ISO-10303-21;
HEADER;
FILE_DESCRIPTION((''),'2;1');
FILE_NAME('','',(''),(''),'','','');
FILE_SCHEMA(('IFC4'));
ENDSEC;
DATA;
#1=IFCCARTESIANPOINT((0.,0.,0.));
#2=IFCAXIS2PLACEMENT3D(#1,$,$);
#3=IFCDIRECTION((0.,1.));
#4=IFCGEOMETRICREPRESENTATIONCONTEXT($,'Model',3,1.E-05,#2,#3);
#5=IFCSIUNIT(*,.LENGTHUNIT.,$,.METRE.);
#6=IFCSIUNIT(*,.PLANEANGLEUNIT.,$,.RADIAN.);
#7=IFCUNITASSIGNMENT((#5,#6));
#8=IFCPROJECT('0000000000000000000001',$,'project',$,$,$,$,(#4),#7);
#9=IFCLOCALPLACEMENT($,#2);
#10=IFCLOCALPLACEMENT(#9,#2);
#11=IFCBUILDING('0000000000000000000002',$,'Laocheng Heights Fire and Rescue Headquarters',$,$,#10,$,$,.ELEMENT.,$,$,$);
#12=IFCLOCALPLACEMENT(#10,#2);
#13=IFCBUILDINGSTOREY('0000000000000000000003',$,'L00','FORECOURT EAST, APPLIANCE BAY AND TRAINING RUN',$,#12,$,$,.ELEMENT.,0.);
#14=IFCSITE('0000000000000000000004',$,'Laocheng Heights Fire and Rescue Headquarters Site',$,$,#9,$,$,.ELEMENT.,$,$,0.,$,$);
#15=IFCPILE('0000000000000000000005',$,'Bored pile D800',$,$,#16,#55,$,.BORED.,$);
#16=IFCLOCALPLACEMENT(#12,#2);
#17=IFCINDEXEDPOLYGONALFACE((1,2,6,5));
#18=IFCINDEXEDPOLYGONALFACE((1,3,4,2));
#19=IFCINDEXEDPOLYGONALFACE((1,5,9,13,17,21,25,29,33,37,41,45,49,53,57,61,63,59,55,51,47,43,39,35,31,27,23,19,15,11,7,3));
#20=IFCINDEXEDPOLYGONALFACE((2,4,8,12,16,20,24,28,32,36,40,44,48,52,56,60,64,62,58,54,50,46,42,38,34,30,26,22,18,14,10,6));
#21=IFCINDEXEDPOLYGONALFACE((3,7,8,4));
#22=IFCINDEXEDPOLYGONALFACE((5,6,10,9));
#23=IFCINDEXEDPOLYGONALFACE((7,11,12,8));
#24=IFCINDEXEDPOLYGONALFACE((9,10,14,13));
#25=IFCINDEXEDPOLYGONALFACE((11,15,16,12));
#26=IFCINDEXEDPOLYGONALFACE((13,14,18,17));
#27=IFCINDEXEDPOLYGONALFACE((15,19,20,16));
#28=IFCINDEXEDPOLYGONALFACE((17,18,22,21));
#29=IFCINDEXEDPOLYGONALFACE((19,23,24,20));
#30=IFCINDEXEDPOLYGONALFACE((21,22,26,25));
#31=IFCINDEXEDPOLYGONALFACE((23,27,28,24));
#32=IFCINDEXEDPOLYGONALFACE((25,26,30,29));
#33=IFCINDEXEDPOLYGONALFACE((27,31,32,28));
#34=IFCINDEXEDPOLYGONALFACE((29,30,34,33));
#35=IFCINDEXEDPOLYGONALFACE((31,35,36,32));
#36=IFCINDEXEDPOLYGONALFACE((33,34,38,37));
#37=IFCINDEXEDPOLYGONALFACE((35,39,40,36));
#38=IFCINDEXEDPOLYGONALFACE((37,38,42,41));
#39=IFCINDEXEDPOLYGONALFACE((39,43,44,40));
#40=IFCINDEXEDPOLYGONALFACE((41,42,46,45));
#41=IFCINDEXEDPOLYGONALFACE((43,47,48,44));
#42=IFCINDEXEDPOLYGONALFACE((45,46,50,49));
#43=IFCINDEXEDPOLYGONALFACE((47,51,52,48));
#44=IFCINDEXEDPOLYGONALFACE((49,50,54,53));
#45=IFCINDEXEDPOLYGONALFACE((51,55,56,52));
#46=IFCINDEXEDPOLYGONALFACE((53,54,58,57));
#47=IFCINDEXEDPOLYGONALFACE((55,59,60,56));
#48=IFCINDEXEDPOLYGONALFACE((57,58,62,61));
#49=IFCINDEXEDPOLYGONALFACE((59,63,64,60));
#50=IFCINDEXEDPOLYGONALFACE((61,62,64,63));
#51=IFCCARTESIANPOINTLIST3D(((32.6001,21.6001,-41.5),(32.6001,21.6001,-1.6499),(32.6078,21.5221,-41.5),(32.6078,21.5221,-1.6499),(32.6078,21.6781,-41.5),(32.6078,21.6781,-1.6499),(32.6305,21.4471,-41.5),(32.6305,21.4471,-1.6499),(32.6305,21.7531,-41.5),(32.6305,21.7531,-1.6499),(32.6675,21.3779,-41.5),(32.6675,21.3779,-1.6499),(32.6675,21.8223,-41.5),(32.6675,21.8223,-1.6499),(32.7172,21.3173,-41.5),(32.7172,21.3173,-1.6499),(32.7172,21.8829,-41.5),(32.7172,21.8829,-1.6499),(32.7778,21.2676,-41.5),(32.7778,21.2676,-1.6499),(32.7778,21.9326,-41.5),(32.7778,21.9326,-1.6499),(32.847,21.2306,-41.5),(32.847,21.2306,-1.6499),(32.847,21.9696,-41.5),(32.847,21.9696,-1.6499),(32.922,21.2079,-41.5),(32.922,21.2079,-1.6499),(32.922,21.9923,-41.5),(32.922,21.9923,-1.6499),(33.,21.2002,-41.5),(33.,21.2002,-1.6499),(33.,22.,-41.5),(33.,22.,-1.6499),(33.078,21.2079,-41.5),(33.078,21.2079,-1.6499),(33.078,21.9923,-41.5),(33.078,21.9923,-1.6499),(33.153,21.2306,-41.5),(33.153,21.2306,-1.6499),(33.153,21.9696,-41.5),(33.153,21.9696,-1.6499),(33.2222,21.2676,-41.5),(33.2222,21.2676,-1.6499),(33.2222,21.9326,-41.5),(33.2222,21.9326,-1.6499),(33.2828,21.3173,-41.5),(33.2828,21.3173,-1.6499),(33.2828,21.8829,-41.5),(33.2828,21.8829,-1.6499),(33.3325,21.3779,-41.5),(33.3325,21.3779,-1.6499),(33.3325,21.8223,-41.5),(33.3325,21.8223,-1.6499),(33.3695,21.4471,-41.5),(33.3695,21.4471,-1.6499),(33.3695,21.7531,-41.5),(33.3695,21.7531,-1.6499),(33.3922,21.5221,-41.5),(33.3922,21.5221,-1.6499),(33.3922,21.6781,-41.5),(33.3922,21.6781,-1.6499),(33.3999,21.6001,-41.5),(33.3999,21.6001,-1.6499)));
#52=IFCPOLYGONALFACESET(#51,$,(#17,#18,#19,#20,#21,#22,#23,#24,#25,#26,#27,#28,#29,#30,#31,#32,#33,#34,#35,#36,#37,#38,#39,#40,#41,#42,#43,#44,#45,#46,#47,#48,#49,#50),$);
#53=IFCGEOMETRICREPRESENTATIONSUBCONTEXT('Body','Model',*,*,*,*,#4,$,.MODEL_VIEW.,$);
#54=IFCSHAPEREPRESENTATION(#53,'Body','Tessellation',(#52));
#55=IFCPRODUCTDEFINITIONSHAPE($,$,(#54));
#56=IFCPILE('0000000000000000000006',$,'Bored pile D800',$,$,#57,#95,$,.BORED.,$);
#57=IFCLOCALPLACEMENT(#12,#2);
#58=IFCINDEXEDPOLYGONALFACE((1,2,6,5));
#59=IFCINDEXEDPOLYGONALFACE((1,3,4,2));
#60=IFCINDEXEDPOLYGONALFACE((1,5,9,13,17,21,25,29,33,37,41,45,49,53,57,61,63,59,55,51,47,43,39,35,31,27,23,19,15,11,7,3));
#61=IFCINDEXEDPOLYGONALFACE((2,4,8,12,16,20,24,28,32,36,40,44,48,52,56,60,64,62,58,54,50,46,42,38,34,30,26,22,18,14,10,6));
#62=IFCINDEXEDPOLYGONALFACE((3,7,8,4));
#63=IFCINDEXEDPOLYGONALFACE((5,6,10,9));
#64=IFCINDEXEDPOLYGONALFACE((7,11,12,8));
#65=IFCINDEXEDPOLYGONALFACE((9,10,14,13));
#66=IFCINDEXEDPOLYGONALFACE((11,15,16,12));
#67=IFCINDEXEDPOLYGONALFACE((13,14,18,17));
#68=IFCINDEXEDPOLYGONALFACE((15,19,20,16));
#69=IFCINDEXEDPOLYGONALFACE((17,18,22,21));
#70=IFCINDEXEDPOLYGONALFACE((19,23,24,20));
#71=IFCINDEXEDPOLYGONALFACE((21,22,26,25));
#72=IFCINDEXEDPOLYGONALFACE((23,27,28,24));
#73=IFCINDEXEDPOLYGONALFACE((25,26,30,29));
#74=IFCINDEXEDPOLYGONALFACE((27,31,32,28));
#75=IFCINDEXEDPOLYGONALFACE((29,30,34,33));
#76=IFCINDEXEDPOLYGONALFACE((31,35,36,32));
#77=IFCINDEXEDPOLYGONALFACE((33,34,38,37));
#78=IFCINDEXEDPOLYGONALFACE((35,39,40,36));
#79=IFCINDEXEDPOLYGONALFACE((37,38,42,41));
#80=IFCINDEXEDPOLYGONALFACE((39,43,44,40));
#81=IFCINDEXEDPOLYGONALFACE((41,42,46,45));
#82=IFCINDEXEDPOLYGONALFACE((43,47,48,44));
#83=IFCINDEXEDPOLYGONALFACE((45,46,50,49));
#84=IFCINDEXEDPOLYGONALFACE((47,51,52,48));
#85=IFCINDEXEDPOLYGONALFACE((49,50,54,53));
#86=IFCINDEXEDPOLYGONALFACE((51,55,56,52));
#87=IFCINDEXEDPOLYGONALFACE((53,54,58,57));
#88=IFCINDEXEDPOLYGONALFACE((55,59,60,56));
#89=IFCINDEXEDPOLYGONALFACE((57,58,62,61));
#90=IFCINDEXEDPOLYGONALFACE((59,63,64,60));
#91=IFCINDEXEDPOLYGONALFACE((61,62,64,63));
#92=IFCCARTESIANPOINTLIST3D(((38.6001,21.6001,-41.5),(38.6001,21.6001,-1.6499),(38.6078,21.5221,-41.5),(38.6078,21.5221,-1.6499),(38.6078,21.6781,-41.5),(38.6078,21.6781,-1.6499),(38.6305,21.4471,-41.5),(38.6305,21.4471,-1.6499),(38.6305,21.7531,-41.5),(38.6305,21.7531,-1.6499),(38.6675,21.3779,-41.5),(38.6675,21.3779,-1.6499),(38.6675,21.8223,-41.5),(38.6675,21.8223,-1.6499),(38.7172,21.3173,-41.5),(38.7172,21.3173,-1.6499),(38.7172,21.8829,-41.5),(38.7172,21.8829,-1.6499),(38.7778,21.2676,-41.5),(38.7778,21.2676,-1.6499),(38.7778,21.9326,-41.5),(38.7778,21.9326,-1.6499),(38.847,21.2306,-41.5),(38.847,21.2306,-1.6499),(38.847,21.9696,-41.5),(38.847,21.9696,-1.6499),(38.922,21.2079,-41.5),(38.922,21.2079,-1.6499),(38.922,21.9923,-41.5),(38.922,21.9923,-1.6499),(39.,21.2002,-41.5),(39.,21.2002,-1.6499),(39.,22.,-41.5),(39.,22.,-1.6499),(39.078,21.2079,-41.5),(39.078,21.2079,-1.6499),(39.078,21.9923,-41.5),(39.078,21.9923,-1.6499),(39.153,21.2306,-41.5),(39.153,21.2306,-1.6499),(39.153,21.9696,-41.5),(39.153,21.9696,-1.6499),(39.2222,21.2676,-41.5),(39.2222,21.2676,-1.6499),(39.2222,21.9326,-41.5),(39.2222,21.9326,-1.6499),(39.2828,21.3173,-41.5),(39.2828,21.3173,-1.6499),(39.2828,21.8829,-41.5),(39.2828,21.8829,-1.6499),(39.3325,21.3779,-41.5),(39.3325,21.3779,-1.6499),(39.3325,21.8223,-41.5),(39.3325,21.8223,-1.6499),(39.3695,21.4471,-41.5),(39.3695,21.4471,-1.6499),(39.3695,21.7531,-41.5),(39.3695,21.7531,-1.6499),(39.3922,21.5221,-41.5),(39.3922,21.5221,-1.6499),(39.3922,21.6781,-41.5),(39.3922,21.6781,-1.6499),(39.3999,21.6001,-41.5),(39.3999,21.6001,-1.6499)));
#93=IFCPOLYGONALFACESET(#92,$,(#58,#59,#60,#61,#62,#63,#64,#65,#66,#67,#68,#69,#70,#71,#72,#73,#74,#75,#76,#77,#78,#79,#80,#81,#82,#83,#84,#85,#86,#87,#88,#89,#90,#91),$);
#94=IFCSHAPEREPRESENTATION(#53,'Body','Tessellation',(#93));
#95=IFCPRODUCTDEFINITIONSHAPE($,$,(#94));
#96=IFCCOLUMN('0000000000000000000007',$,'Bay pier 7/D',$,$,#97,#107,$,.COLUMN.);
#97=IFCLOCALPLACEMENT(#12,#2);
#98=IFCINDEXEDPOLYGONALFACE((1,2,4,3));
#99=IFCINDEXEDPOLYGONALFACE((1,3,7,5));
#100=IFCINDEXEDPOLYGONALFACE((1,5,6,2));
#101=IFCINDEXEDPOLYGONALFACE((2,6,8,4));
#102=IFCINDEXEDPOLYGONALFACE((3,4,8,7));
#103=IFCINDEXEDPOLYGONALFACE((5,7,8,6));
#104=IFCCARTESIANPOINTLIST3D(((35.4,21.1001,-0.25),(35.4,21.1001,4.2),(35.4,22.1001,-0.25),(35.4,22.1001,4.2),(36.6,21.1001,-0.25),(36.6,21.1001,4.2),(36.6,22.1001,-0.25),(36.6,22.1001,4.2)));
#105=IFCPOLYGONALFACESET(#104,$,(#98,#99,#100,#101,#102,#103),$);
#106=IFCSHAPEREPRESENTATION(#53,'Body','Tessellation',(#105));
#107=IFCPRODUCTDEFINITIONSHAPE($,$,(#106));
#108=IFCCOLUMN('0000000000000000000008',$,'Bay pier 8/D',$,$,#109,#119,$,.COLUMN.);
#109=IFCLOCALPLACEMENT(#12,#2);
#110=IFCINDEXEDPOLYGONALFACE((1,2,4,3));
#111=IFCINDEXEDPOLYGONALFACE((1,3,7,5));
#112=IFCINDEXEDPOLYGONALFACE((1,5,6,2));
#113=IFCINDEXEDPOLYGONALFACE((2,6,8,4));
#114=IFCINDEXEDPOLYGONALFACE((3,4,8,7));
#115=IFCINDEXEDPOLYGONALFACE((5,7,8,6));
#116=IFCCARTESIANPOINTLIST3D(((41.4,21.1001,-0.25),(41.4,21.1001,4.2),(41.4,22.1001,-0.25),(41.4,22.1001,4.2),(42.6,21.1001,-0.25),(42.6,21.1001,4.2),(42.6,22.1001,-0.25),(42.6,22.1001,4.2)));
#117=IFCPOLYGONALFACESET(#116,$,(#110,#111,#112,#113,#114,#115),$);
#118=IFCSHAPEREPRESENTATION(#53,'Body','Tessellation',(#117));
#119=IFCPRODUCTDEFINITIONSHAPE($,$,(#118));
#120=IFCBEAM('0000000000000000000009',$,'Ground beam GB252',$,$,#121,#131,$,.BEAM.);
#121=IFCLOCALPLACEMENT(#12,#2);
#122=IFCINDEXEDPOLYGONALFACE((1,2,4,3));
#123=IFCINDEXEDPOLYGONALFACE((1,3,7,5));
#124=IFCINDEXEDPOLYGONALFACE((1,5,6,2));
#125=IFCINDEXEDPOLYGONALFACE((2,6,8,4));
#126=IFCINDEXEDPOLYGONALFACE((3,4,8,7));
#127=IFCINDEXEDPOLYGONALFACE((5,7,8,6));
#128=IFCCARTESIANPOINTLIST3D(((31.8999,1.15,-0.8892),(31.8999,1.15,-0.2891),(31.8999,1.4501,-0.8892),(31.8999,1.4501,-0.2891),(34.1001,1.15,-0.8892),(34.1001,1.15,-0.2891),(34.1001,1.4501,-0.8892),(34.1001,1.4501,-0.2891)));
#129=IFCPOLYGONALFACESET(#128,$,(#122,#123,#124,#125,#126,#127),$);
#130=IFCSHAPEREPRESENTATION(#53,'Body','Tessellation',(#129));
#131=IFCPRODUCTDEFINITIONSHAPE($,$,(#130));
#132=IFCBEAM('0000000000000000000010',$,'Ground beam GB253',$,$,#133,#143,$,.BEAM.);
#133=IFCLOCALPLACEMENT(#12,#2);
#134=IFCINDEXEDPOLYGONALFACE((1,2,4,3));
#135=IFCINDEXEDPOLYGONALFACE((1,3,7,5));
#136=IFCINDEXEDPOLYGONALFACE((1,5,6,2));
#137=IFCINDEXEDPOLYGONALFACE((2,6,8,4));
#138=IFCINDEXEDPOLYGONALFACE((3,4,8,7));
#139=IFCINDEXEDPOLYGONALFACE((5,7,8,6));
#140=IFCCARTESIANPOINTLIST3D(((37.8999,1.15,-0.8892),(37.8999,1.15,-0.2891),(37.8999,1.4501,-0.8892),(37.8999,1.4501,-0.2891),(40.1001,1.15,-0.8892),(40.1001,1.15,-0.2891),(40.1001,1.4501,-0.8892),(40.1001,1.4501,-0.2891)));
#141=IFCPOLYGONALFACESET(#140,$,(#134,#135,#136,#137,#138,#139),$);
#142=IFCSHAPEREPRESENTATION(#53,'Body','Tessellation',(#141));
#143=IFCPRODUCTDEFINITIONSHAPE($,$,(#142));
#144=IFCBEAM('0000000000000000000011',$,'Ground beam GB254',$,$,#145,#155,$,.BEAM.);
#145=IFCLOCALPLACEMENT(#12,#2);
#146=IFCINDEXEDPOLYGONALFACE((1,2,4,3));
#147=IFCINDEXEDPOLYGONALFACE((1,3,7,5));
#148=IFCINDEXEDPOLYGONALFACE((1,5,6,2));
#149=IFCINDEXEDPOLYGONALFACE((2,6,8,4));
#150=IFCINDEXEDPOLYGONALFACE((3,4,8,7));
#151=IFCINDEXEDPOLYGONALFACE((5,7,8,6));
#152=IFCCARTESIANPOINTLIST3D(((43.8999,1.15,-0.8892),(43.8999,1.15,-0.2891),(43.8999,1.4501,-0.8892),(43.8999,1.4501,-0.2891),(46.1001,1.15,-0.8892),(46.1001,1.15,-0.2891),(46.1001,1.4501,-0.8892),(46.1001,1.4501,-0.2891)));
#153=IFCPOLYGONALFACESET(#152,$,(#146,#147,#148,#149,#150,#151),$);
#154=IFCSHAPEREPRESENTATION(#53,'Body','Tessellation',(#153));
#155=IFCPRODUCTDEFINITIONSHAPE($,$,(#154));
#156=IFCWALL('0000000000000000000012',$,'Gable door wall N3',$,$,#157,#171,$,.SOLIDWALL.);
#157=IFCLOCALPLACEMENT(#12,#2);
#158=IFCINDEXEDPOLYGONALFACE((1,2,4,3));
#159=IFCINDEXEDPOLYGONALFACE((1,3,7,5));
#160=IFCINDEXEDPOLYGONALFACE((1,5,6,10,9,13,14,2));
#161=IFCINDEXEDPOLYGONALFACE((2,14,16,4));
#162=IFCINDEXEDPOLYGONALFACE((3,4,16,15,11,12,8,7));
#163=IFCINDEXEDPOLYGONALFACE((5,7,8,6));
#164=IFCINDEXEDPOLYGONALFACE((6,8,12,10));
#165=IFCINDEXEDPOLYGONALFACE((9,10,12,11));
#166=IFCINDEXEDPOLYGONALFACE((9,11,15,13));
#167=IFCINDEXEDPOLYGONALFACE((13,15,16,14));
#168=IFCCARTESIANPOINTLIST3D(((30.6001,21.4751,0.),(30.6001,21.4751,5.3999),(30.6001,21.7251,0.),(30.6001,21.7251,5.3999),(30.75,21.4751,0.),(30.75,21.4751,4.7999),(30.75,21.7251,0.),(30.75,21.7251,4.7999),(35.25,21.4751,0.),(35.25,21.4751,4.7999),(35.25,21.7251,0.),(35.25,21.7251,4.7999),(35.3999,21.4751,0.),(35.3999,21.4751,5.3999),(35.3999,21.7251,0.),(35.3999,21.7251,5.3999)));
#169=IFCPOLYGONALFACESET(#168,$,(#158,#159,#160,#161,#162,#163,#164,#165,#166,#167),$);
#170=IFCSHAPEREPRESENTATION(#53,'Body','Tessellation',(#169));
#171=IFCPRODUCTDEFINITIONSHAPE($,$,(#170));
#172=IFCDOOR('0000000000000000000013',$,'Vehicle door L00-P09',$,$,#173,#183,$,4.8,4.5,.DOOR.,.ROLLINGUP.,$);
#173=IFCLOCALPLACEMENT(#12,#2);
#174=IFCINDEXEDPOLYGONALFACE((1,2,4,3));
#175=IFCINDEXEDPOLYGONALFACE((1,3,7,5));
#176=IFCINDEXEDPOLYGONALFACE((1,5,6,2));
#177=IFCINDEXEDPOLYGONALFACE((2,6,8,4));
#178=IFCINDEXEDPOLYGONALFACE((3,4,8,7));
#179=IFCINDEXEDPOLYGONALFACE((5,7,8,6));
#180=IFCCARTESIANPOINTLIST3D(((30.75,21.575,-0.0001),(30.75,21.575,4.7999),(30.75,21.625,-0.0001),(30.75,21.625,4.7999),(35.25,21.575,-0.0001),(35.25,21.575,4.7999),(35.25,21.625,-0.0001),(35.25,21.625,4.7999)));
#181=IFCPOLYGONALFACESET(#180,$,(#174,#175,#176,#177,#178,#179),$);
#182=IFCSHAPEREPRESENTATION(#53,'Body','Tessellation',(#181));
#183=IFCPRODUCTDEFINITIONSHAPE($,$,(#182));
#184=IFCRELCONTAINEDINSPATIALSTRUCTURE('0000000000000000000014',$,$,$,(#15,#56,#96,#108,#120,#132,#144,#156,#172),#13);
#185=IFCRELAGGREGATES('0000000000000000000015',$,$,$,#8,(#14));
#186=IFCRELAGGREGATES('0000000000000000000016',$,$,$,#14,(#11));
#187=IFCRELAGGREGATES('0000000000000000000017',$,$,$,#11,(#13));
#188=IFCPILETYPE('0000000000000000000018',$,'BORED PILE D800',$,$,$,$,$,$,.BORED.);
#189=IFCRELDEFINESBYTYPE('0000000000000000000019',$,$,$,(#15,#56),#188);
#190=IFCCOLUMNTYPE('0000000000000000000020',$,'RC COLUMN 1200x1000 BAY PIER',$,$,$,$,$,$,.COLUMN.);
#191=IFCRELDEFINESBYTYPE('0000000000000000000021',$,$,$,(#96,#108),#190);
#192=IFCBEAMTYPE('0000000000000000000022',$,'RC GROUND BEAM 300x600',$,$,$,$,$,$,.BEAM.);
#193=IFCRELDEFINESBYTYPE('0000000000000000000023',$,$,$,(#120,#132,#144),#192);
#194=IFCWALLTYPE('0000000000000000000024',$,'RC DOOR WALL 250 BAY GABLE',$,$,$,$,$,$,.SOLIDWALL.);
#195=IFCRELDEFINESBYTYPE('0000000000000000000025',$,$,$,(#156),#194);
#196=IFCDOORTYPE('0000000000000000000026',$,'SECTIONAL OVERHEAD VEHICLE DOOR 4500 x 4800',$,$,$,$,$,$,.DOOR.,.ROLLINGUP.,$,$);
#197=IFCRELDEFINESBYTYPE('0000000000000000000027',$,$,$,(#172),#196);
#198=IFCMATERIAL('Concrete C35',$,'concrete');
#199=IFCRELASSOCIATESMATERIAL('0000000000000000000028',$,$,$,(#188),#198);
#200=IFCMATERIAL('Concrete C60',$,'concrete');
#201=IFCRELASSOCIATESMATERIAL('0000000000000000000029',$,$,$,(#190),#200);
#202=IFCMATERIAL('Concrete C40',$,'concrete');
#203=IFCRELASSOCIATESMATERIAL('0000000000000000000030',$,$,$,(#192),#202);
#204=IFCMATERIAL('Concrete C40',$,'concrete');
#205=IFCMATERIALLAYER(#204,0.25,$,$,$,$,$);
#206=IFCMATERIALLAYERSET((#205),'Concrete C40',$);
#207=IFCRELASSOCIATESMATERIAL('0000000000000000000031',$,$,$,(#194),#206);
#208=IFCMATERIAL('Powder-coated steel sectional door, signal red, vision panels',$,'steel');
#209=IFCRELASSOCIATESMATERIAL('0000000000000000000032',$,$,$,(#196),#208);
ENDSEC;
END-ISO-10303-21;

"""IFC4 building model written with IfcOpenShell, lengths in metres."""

from ifc_helpers import new_model, si_unit, direction, frame, frame_2d, origin, origin_2d, place, context, subcontext, project, spatial, rectangle, circle, extrude, material, layer, layer_set, material_profile, profile_set, type_object, element, fill, save


model = new_model("IFC4")

# Units and contexts
model_context = context("Model", 3, precision=1e-05, world=origin(), true_north=direction((0.0, 1.0)))
body_context = subcontext(model_context, "Body", "Model", "MODEL_VIEW")
ifc_project = project(units=[si_unit("LENGTHUNIT", "METRE"), si_unit("PLANEANGLEUNIT", "RADIAN")], contexts=[model_context])

# Site, building, storey
site_placement = place(None, origin())
site = spatial("IfcSite", under=ifc_project, at=site_placement, Name="Laocheng Heights Fire and Rescue Headquarters Site", CompositionType="ELEMENT", RefElevation=0.0)
building_placement = place(site_placement, origin())
building = spatial("IfcBuilding", under=site, at=building_placement, Name="Laocheng Heights Fire and Rescue Headquarters", CompositionType="ELEMENT")
storey_placement = place(building_placement, origin())
storey = spatial("IfcBuildingStorey", under=building, at=storey_placement, Name="L00", Description="FORECOURT EAST, APPLIANCE BAY AND TRAINING RUN", CompositionType="ELEMENT", Elevation=0.0)

# Piles
ifc_material_1 = material(Name="Concrete C35", Category="concrete")
ifc_material_profile_1 = material_profile(ifc_material_1, circle(Radius=0.3999, at=origin_2d()), Name="BORED PILE D800")
ifc_profile_set_1 = profile_set([ifc_material_profile_1], Name="Concrete C35")
pile_type = type_object("IfcPileType", Name="BORED PILE D800", PredefinedType="BORED", material=ifc_profile_set_1)
for number, where, z_axis, x_axis, name in (
    (1, (33.0, 21.6001, -1.6499), (0.0, 0.0, -1.0), (1.0, 0.0, 0.0), "Bored pile D800"),
    (2, (39.0, 21.6001, -1.6499), (0.0, 0.0, -1.0), (1.0, 0.0, 0.0), "Bored pile D800"),
):
    element("IfcPile", number, at=place(storey_placement, frame(where, z_axis=z_axis, x_axis=x_axis)), inside=storey, type_object=pile_type, Name=name, PredefinedType="BORED", context=body_context, shape_type="SweptSolid", body=[
        extrude(circle(Radius=0.3999, at=origin_2d()), origin(), (0.0, 0.0, 1.0), 39.8501),
    ])

# Columns
ifc_material_2 = material(Name="Concrete C60", Category="concrete")
ifc_material_profile_2 = material_profile(ifc_material_2, rectangle(XDim=1.2, YDim=1.0, at=origin_2d()), Name="RC COLUMN 1200x1000 BAY PIER")
ifc_profile_set_2 = profile_set([ifc_material_profile_2], Name="Concrete C60")
column_type = type_object("IfcColumnType", Name="RC COLUMN 1200x1000 BAY PIER", PredefinedType="COLUMN", material=ifc_profile_set_2)
for number, where, z_axis, x_axis, name in (
    (3, (36.0, 21.6001, -0.25), (0.0, 0.0, 1.0), (1.0, 0.0, 0.0), "Bay pier 7/D"),
    (4, (42.0, 21.6001, -0.25), (0.0, 0.0, 1.0), (1.0, 0.0, 0.0), "Bay pier 8/D"),
):
    element("IfcColumn", number, at=place(storey_placement, frame(where, z_axis=z_axis, x_axis=x_axis)), inside=storey, type_object=column_type, Name=name, PredefinedType="COLUMN", context=body_context, shape_type="SweptSolid", body=[
        extrude(rectangle(XDim=1.2, YDim=1.0, at=origin_2d()), origin(), (0.0, 0.0, 1.0), 4.45),
    ])

# Beams
ifc_material_3 = material(Name="Concrete C40", Category="concrete")
ifc_material_profile_3 = material_profile(ifc_material_3, rectangle(XDim=0.3, YDim=0.6001, at=origin_2d()), Name="RC GROUND BEAM 300x600")
ifc_profile_set_3 = profile_set([ifc_material_profile_3], Name="Concrete C40")
beam_type = type_object("IfcBeamType", Name="RC GROUND BEAM 300x600", PredefinedType="BEAM", material=ifc_profile_set_3)
for number, where, z_axis, x_axis, name in (
    (5, (31.8999, 1.3, -0.5891), (1.0, 0.0, 0.0), (0.0, 1.0, 0.0), "Ground beam GB252"),
    (6, (37.8999, 1.3, -0.5891), (1.0, 0.0, 0.0), (0.0, 1.0, 0.0), "Ground beam GB253"),
    (7, (43.8999, 1.3, -0.5891), (1.0, 0.0, 0.0), (0.0, 1.0, 0.0), "Ground beam GB254"),
):
    element("IfcBeam", number, at=place(storey_placement, frame(where, z_axis=z_axis, x_axis=x_axis)), inside=storey, type_object=beam_type, Name=name, PredefinedType="BEAM", context=body_context, shape_type="SweptSolid", body=[
        extrude(rectangle(XDim=0.3, YDim=0.6001, at=origin_2d()), origin(), (0.0, 0.0, 1.0), 2.2002),
    ])

# Wall, opening, door
ifc_material_4 = material(Name="Concrete C40", Category="concrete")
ifc_layer = layer(ifc_material_4, 0.25)
ifc_layer_set = layer_set([ifc_layer], Name="Concrete C40")
wall_type = type_object("IfcWallType", Name="RC DOOR WALL 250 BAY GABLE", PredefinedType="SOLIDWALL", material=ifc_layer_set)
wall_1_placement = place(storey_placement, frame((30.6001, 21.6001, 0.0), z_axis=(0.0, 0.0, 1.0), x_axis=(1.0, 0.0, 0.0)))
wall_1 = element("IfcWall", 8, at=wall_1_placement, inside=storey, type_object=wall_type, Name="Gable door wall N3", PredefinedType="SOLIDWALL", context=body_context, shape_type="SweptSolid", body=[
    extrude(rectangle(XDim=4.7998, YDim=0.25, at=frame_2d((2.3999, 0.0))), origin(), (0.0, 0.0, 1.0), 5.3999),
])
opening_1_placement = place(wall_1_placement, frame((0.1499, 0.0, 0.0)))
opening_1 = element("IfcOpeningElement", 9, at=opening_1_placement, cuts=wall_1, PredefinedType="OPENING", context=body_context, shape_type="SweptSolid", body=[
    extrude(rectangle(XDim=4.5, YDim=4.8, at=frame_2d((2.25, 2.3999))), frame((0.0, 0.135, 0.0), z_axis=(0.0, -1.0, 0.0), x_axis=(1.0, 0.0, 0.0)), (0.0, 0.0, 1.0), 0.27),
])
ifc_material_5 = material(Name="Powder-coated steel sectional door, signal red, vision panels", Category="steel")
door_type = type_object("IfcDoorType", Name="SECTIONAL OVERHEAD VEHICLE DOOR 4500 x 4800", OperationType="ROLLINGUP", PredefinedType="DOOR", material=ifc_material_5)
door_1_placement = place(opening_1_placement, origin())
door_1 = element("IfcDoor", 10, at=door_1_placement, inside=storey, type_object=door_type, Name="Vehicle door L00-P09", OperationType="ROLLINGUP", OverallHeight=4.8, OverallWidth=4.5, PredefinedType="DOOR", context=body_context, shape_type="SweptSolid", body=[
    extrude(rectangle(XDim=4.5, YDim=4.8, at=frame_2d((2.25, 2.3999))), frame((0.0, 0.0249, 0.0), z_axis=(0.0, -1.0, 0.0), x_axis=(1.0, 0.0, 0.0)), (0.0, 0.0, 1.0), 0.05),
])
fill(opening_1, door_1)

save(model, "model.ifc")
